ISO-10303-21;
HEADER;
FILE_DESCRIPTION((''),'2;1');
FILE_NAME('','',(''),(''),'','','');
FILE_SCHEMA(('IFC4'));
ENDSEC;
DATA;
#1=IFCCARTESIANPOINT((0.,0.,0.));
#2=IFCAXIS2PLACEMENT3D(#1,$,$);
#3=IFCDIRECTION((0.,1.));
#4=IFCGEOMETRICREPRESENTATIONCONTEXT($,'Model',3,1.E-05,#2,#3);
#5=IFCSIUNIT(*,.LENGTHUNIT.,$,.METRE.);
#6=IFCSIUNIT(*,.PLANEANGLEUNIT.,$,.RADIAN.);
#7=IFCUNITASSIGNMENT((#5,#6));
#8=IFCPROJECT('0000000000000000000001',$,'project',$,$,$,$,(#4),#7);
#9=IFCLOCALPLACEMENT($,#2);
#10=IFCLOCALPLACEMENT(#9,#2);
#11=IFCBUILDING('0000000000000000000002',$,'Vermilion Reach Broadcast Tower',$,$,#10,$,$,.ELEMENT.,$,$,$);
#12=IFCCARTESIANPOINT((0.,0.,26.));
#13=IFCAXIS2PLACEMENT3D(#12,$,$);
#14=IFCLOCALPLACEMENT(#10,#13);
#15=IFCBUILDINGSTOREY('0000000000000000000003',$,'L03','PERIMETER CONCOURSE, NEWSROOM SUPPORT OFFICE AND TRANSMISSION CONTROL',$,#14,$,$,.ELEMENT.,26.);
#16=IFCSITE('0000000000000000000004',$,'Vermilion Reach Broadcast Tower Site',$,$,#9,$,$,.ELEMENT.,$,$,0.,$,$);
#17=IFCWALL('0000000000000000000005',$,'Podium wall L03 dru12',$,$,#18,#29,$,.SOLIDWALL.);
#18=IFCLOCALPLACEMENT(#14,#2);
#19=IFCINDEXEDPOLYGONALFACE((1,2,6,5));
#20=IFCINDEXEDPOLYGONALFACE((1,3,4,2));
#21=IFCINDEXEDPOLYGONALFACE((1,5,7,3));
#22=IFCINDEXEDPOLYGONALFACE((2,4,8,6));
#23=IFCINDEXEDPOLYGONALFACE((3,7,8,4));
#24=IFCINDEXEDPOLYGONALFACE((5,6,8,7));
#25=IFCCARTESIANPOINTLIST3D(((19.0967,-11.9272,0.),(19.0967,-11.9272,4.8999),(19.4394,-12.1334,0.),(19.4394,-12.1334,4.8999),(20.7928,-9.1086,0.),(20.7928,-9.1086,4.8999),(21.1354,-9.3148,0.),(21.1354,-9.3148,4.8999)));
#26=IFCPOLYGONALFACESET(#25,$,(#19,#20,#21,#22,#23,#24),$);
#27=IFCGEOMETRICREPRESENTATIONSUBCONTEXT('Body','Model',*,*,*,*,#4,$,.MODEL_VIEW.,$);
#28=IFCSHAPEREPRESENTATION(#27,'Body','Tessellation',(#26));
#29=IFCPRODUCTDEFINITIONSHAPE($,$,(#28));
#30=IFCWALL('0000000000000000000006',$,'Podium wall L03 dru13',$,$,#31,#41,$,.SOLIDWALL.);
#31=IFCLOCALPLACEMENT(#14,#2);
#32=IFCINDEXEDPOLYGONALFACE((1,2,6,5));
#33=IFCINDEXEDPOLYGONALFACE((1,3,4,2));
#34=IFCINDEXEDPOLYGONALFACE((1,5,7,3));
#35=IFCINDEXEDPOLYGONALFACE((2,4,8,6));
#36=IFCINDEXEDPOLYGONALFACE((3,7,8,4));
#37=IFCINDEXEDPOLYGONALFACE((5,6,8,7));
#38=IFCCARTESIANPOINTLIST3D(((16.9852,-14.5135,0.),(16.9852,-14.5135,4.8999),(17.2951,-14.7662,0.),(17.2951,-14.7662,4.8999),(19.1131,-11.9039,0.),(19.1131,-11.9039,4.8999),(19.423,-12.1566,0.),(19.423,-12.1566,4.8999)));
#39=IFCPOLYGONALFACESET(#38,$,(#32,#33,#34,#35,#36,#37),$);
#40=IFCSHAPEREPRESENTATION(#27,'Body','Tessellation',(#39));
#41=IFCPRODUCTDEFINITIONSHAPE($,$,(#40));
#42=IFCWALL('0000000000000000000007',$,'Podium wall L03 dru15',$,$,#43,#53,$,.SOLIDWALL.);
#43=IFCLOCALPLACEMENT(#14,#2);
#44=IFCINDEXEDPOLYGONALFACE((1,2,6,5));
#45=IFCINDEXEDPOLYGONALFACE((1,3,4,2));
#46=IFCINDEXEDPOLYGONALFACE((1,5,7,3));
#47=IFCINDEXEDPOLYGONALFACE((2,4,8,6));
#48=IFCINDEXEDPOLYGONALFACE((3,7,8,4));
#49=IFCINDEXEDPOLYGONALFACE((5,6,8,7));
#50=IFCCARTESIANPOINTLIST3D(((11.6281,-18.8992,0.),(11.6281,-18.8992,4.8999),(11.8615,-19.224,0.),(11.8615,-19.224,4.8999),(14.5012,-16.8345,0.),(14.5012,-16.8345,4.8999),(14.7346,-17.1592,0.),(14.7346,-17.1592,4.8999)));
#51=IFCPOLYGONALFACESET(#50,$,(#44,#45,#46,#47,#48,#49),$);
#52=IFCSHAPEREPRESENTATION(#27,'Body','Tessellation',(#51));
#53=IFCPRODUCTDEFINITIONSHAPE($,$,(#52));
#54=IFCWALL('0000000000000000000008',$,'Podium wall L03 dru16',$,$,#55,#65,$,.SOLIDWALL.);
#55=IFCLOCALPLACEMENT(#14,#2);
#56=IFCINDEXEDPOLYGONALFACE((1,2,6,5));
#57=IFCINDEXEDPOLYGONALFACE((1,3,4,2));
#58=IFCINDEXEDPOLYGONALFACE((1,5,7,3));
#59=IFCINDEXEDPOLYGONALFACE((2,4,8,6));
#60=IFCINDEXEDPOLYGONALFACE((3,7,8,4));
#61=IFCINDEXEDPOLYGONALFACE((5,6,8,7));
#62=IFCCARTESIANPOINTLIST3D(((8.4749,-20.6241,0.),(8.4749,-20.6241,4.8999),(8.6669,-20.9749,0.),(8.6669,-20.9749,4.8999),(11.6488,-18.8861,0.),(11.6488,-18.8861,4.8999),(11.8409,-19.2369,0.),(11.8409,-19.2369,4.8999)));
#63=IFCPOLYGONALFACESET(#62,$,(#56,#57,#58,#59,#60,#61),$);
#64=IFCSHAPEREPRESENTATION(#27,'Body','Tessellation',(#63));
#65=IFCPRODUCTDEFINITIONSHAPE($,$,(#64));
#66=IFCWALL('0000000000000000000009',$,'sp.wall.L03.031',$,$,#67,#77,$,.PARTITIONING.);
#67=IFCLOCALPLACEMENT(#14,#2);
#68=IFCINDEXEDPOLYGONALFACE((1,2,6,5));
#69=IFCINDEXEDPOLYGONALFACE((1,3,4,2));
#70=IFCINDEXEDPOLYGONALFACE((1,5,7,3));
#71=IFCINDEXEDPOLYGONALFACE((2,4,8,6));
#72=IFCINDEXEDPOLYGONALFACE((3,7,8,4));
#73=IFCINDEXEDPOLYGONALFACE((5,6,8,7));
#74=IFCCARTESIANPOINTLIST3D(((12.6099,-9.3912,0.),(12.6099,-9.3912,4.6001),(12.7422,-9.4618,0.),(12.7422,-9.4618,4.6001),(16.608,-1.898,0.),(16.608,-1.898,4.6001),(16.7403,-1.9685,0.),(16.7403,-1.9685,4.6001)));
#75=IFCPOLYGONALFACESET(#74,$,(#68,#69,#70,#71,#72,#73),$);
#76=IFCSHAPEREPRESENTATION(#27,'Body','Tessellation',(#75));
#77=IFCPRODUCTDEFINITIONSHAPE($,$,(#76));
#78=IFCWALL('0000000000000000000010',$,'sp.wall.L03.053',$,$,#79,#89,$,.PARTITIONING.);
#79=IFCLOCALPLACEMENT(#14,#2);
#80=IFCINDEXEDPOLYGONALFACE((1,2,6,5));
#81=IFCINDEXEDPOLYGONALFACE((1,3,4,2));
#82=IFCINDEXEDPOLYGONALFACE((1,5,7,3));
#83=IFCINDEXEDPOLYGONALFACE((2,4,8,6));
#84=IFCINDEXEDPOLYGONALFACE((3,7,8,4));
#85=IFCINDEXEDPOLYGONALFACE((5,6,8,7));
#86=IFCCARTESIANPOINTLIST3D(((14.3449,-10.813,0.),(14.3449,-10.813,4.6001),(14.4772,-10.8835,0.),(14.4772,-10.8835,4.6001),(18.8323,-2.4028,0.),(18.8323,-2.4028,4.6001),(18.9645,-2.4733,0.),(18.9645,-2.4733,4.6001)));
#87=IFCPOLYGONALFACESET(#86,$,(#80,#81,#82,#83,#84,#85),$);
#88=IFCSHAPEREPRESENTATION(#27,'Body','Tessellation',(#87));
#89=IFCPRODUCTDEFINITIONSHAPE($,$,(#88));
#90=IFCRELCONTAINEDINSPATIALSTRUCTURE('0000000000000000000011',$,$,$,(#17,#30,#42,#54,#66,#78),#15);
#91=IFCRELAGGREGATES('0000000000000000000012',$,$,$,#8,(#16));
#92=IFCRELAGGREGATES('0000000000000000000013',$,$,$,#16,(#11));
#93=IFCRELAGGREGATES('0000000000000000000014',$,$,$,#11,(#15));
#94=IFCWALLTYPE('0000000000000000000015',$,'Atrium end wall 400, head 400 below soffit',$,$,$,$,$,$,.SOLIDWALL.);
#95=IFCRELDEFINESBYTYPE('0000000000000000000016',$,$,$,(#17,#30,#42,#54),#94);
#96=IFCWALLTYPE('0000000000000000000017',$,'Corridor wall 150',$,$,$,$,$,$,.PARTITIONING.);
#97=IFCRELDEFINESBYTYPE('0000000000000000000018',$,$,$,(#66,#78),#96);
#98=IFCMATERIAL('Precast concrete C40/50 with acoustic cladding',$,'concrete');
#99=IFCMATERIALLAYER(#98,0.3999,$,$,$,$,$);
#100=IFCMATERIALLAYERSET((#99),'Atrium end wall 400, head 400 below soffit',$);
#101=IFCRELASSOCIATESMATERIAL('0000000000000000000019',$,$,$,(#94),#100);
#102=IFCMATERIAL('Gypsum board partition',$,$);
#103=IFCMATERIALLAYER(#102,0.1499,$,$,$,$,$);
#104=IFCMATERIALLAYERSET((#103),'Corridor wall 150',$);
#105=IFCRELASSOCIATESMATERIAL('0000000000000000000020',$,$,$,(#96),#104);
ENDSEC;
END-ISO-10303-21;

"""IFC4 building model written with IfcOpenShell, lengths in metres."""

from ifc_helpers import new_model, si_unit, direction, frame, frame_2d, origin, place, context, subcontext, project, spatial, rectangle, extrude, material, layer, layer_set, type_object, element, save


model = new_model("IFC4")

# Units and contexts
model_context = context("Model", 3, precision=1e-05, world=origin(), true_north=direction((0.0, 1.0)))
body_context = subcontext(model_context, "Body", "Model", "MODEL_VIEW")
ifc_project = project(units=[si_unit("LENGTHUNIT", "METRE"), si_unit("PLANEANGLEUNIT", "RADIAN")], contexts=[model_context])

# Site, building, storey
site_placement = place(None, origin())
site = spatial("IfcSite", under=ifc_project, at=site_placement, Name="Vermilion Reach Broadcast Tower Site", CompositionType="ELEMENT", RefElevation=0.0)
building_placement = place(site_placement, origin())
building = spatial("IfcBuilding", under=site, at=building_placement, Name="Vermilion Reach Broadcast Tower", CompositionType="ELEMENT")
storey_placement = place(building_placement, frame((0.0, 0.0, 26.0)))
storey = spatial("IfcBuildingStorey", under=building, at=storey_placement, Name="L03", Description="PERIMETER CONCOURSE, NEWSROOM SUPPORT OFFICE AND TRANSMISSION CONTROL", CompositionType="ELEMENT", Elevation=26.0)

# Walls
ifc_material_1 = material(Name="Precast concrete C40/50 with acoustic cladding", Category="concrete")
ifc_layer_1 = layer(ifc_material_1, 0.3999)
ifc_layer_set_1 = layer_set([ifc_layer_1], Name="Atrium end wall 400, head 400 below soffit")
wall_type_1 = type_object("IfcWallType", Name="Atrium end wall 400, head 400 below soffit", PredefinedType="SOLIDWALL", material=ifc_layer_set_1)
wall_1_placement = place(storey_placement, frame((20.9641, -9.2117, 0.0), z_axis=(0.0, 0.0, 1.0), x_axis=(-0.515587, -0.856837, 0.0)))
element("IfcWall", 1, at=wall_1_placement, inside=storey, type_object=wall_type_1, Name="Podium wall L03 dru12", PredefinedType="SOLIDWALL", context=body_context, shape_type="SweptSolid", body=[
    extrude(rectangle(XDim=3.2896, YDim=0.3999, at=frame_2d((1.6448, 0.0))), origin(), (0.0, 0.0, 1.0), 4.8999),
])
wall_2_placement = place(storey_placement, frame((19.2681, -12.0303, 0.0), z_axis=(0.0, 0.0, 1.0), x_axis=(-0.631954, -0.775006, 0.0)))
element("IfcWall", 2, at=wall_2_placement, inside=storey, type_object=wall_type_1, Name="Podium wall L03 dru13", PredefinedType="SOLIDWALL", context=body_context, shape_type="SweptSolid", body=[
    extrude(rectangle(XDim=3.3672, YDim=0.3999, at=frame_2d((1.6836, 0.0))), origin(), (0.0, 0.0, 1.0), 4.8999),
])
wall_3_placement = place(storey_placement, frame((14.6179, -16.9968, 0.0), z_axis=(0.0, 0.0, 1.0), x_axis=(-0.812056, -0.583579, 0.0)))
element("IfcWall", 3, at=wall_3_placement, inside=storey, type_object=wall_type_1, Name="Podium wall L03 dru15", PredefinedType="SOLIDWALL", context=body_context, shape_type="SweptSolid", body=[
    extrude(rectangle(XDim=3.5381, YDim=0.3999, at=frame_2d((1.769, 0.0))), origin(), (0.0, 0.0, 1.0), 4.8999),
])
wall_4_placement = place(storey_placement, frame((11.7449, -19.0615, 0.0), z_axis=(0.0, 0.0, 1.0), x_axis=(-0.877113, -0.480284, 0.0)))
element("IfcWall", 4, at=wall_4_placement, inside=storey, type_object=wall_type_1, Name="Podium wall L03 dru16", PredefinedType="SOLIDWALL", context=body_context, shape_type="SweptSolid", body=[
    extrude(rectangle(XDim=3.6187, YDim=0.3999, at=frame_2d((1.8093, 0.0))), origin(), (0.0, 0.0, 1.0), 4.8999),
])
ifc_material_2 = material(Name="Gypsum board partition")
ifc_layer_2 = layer(ifc_material_2, 0.1499)
ifc_layer_set_2 = layer_set([ifc_layer_2], Name="Corridor wall 150")
wall_type_2 = type_object("IfcWallType", Name="Corridor wall 150", PredefinedType="PARTITIONING", material=ifc_layer_set_2)
wall_5_placement = place(storey_placement, frame((12.676, -9.4265, 0.0), z_axis=(0.0, 0.0, 1.0), x_axis=(0.470743, 0.88227, 0.0)))
element("IfcWall", 5, at=wall_5_placement, inside=storey, type_object=wall_type_2, Name="sp.wall.L03.031", PredefinedType="PARTITIONING", context=body_context, shape_type="SweptSolid", body=[
    extrude(rectangle(XDim=8.4932, YDim=0.1499, at=frame_2d((4.2466, 0.0))), origin(), (0.0, 0.0, 1.0), 4.6001),
])
wall_6_placement = place(storey_placement, frame((14.4111, -10.8481, 0.0), z_axis=(0.0, 0.0, 1.0), x_axis=(0.470742, 0.882271, 0.0)))
element("IfcWall", 6, at=wall_6_placement, inside=storey, type_object=wall_type_2, Name="sp.wall.L03.053", PredefinedType="PARTITIONING", context=body_context, shape_type="SweptSolid", body=[
    extrude(rectangle(XDim=9.5325, YDim=0.1499, at=frame_2d((4.7661, 0.0))), origin(), (0.0, 0.0, 1.0), 4.6001),
])

save(model, "model.ifc")
